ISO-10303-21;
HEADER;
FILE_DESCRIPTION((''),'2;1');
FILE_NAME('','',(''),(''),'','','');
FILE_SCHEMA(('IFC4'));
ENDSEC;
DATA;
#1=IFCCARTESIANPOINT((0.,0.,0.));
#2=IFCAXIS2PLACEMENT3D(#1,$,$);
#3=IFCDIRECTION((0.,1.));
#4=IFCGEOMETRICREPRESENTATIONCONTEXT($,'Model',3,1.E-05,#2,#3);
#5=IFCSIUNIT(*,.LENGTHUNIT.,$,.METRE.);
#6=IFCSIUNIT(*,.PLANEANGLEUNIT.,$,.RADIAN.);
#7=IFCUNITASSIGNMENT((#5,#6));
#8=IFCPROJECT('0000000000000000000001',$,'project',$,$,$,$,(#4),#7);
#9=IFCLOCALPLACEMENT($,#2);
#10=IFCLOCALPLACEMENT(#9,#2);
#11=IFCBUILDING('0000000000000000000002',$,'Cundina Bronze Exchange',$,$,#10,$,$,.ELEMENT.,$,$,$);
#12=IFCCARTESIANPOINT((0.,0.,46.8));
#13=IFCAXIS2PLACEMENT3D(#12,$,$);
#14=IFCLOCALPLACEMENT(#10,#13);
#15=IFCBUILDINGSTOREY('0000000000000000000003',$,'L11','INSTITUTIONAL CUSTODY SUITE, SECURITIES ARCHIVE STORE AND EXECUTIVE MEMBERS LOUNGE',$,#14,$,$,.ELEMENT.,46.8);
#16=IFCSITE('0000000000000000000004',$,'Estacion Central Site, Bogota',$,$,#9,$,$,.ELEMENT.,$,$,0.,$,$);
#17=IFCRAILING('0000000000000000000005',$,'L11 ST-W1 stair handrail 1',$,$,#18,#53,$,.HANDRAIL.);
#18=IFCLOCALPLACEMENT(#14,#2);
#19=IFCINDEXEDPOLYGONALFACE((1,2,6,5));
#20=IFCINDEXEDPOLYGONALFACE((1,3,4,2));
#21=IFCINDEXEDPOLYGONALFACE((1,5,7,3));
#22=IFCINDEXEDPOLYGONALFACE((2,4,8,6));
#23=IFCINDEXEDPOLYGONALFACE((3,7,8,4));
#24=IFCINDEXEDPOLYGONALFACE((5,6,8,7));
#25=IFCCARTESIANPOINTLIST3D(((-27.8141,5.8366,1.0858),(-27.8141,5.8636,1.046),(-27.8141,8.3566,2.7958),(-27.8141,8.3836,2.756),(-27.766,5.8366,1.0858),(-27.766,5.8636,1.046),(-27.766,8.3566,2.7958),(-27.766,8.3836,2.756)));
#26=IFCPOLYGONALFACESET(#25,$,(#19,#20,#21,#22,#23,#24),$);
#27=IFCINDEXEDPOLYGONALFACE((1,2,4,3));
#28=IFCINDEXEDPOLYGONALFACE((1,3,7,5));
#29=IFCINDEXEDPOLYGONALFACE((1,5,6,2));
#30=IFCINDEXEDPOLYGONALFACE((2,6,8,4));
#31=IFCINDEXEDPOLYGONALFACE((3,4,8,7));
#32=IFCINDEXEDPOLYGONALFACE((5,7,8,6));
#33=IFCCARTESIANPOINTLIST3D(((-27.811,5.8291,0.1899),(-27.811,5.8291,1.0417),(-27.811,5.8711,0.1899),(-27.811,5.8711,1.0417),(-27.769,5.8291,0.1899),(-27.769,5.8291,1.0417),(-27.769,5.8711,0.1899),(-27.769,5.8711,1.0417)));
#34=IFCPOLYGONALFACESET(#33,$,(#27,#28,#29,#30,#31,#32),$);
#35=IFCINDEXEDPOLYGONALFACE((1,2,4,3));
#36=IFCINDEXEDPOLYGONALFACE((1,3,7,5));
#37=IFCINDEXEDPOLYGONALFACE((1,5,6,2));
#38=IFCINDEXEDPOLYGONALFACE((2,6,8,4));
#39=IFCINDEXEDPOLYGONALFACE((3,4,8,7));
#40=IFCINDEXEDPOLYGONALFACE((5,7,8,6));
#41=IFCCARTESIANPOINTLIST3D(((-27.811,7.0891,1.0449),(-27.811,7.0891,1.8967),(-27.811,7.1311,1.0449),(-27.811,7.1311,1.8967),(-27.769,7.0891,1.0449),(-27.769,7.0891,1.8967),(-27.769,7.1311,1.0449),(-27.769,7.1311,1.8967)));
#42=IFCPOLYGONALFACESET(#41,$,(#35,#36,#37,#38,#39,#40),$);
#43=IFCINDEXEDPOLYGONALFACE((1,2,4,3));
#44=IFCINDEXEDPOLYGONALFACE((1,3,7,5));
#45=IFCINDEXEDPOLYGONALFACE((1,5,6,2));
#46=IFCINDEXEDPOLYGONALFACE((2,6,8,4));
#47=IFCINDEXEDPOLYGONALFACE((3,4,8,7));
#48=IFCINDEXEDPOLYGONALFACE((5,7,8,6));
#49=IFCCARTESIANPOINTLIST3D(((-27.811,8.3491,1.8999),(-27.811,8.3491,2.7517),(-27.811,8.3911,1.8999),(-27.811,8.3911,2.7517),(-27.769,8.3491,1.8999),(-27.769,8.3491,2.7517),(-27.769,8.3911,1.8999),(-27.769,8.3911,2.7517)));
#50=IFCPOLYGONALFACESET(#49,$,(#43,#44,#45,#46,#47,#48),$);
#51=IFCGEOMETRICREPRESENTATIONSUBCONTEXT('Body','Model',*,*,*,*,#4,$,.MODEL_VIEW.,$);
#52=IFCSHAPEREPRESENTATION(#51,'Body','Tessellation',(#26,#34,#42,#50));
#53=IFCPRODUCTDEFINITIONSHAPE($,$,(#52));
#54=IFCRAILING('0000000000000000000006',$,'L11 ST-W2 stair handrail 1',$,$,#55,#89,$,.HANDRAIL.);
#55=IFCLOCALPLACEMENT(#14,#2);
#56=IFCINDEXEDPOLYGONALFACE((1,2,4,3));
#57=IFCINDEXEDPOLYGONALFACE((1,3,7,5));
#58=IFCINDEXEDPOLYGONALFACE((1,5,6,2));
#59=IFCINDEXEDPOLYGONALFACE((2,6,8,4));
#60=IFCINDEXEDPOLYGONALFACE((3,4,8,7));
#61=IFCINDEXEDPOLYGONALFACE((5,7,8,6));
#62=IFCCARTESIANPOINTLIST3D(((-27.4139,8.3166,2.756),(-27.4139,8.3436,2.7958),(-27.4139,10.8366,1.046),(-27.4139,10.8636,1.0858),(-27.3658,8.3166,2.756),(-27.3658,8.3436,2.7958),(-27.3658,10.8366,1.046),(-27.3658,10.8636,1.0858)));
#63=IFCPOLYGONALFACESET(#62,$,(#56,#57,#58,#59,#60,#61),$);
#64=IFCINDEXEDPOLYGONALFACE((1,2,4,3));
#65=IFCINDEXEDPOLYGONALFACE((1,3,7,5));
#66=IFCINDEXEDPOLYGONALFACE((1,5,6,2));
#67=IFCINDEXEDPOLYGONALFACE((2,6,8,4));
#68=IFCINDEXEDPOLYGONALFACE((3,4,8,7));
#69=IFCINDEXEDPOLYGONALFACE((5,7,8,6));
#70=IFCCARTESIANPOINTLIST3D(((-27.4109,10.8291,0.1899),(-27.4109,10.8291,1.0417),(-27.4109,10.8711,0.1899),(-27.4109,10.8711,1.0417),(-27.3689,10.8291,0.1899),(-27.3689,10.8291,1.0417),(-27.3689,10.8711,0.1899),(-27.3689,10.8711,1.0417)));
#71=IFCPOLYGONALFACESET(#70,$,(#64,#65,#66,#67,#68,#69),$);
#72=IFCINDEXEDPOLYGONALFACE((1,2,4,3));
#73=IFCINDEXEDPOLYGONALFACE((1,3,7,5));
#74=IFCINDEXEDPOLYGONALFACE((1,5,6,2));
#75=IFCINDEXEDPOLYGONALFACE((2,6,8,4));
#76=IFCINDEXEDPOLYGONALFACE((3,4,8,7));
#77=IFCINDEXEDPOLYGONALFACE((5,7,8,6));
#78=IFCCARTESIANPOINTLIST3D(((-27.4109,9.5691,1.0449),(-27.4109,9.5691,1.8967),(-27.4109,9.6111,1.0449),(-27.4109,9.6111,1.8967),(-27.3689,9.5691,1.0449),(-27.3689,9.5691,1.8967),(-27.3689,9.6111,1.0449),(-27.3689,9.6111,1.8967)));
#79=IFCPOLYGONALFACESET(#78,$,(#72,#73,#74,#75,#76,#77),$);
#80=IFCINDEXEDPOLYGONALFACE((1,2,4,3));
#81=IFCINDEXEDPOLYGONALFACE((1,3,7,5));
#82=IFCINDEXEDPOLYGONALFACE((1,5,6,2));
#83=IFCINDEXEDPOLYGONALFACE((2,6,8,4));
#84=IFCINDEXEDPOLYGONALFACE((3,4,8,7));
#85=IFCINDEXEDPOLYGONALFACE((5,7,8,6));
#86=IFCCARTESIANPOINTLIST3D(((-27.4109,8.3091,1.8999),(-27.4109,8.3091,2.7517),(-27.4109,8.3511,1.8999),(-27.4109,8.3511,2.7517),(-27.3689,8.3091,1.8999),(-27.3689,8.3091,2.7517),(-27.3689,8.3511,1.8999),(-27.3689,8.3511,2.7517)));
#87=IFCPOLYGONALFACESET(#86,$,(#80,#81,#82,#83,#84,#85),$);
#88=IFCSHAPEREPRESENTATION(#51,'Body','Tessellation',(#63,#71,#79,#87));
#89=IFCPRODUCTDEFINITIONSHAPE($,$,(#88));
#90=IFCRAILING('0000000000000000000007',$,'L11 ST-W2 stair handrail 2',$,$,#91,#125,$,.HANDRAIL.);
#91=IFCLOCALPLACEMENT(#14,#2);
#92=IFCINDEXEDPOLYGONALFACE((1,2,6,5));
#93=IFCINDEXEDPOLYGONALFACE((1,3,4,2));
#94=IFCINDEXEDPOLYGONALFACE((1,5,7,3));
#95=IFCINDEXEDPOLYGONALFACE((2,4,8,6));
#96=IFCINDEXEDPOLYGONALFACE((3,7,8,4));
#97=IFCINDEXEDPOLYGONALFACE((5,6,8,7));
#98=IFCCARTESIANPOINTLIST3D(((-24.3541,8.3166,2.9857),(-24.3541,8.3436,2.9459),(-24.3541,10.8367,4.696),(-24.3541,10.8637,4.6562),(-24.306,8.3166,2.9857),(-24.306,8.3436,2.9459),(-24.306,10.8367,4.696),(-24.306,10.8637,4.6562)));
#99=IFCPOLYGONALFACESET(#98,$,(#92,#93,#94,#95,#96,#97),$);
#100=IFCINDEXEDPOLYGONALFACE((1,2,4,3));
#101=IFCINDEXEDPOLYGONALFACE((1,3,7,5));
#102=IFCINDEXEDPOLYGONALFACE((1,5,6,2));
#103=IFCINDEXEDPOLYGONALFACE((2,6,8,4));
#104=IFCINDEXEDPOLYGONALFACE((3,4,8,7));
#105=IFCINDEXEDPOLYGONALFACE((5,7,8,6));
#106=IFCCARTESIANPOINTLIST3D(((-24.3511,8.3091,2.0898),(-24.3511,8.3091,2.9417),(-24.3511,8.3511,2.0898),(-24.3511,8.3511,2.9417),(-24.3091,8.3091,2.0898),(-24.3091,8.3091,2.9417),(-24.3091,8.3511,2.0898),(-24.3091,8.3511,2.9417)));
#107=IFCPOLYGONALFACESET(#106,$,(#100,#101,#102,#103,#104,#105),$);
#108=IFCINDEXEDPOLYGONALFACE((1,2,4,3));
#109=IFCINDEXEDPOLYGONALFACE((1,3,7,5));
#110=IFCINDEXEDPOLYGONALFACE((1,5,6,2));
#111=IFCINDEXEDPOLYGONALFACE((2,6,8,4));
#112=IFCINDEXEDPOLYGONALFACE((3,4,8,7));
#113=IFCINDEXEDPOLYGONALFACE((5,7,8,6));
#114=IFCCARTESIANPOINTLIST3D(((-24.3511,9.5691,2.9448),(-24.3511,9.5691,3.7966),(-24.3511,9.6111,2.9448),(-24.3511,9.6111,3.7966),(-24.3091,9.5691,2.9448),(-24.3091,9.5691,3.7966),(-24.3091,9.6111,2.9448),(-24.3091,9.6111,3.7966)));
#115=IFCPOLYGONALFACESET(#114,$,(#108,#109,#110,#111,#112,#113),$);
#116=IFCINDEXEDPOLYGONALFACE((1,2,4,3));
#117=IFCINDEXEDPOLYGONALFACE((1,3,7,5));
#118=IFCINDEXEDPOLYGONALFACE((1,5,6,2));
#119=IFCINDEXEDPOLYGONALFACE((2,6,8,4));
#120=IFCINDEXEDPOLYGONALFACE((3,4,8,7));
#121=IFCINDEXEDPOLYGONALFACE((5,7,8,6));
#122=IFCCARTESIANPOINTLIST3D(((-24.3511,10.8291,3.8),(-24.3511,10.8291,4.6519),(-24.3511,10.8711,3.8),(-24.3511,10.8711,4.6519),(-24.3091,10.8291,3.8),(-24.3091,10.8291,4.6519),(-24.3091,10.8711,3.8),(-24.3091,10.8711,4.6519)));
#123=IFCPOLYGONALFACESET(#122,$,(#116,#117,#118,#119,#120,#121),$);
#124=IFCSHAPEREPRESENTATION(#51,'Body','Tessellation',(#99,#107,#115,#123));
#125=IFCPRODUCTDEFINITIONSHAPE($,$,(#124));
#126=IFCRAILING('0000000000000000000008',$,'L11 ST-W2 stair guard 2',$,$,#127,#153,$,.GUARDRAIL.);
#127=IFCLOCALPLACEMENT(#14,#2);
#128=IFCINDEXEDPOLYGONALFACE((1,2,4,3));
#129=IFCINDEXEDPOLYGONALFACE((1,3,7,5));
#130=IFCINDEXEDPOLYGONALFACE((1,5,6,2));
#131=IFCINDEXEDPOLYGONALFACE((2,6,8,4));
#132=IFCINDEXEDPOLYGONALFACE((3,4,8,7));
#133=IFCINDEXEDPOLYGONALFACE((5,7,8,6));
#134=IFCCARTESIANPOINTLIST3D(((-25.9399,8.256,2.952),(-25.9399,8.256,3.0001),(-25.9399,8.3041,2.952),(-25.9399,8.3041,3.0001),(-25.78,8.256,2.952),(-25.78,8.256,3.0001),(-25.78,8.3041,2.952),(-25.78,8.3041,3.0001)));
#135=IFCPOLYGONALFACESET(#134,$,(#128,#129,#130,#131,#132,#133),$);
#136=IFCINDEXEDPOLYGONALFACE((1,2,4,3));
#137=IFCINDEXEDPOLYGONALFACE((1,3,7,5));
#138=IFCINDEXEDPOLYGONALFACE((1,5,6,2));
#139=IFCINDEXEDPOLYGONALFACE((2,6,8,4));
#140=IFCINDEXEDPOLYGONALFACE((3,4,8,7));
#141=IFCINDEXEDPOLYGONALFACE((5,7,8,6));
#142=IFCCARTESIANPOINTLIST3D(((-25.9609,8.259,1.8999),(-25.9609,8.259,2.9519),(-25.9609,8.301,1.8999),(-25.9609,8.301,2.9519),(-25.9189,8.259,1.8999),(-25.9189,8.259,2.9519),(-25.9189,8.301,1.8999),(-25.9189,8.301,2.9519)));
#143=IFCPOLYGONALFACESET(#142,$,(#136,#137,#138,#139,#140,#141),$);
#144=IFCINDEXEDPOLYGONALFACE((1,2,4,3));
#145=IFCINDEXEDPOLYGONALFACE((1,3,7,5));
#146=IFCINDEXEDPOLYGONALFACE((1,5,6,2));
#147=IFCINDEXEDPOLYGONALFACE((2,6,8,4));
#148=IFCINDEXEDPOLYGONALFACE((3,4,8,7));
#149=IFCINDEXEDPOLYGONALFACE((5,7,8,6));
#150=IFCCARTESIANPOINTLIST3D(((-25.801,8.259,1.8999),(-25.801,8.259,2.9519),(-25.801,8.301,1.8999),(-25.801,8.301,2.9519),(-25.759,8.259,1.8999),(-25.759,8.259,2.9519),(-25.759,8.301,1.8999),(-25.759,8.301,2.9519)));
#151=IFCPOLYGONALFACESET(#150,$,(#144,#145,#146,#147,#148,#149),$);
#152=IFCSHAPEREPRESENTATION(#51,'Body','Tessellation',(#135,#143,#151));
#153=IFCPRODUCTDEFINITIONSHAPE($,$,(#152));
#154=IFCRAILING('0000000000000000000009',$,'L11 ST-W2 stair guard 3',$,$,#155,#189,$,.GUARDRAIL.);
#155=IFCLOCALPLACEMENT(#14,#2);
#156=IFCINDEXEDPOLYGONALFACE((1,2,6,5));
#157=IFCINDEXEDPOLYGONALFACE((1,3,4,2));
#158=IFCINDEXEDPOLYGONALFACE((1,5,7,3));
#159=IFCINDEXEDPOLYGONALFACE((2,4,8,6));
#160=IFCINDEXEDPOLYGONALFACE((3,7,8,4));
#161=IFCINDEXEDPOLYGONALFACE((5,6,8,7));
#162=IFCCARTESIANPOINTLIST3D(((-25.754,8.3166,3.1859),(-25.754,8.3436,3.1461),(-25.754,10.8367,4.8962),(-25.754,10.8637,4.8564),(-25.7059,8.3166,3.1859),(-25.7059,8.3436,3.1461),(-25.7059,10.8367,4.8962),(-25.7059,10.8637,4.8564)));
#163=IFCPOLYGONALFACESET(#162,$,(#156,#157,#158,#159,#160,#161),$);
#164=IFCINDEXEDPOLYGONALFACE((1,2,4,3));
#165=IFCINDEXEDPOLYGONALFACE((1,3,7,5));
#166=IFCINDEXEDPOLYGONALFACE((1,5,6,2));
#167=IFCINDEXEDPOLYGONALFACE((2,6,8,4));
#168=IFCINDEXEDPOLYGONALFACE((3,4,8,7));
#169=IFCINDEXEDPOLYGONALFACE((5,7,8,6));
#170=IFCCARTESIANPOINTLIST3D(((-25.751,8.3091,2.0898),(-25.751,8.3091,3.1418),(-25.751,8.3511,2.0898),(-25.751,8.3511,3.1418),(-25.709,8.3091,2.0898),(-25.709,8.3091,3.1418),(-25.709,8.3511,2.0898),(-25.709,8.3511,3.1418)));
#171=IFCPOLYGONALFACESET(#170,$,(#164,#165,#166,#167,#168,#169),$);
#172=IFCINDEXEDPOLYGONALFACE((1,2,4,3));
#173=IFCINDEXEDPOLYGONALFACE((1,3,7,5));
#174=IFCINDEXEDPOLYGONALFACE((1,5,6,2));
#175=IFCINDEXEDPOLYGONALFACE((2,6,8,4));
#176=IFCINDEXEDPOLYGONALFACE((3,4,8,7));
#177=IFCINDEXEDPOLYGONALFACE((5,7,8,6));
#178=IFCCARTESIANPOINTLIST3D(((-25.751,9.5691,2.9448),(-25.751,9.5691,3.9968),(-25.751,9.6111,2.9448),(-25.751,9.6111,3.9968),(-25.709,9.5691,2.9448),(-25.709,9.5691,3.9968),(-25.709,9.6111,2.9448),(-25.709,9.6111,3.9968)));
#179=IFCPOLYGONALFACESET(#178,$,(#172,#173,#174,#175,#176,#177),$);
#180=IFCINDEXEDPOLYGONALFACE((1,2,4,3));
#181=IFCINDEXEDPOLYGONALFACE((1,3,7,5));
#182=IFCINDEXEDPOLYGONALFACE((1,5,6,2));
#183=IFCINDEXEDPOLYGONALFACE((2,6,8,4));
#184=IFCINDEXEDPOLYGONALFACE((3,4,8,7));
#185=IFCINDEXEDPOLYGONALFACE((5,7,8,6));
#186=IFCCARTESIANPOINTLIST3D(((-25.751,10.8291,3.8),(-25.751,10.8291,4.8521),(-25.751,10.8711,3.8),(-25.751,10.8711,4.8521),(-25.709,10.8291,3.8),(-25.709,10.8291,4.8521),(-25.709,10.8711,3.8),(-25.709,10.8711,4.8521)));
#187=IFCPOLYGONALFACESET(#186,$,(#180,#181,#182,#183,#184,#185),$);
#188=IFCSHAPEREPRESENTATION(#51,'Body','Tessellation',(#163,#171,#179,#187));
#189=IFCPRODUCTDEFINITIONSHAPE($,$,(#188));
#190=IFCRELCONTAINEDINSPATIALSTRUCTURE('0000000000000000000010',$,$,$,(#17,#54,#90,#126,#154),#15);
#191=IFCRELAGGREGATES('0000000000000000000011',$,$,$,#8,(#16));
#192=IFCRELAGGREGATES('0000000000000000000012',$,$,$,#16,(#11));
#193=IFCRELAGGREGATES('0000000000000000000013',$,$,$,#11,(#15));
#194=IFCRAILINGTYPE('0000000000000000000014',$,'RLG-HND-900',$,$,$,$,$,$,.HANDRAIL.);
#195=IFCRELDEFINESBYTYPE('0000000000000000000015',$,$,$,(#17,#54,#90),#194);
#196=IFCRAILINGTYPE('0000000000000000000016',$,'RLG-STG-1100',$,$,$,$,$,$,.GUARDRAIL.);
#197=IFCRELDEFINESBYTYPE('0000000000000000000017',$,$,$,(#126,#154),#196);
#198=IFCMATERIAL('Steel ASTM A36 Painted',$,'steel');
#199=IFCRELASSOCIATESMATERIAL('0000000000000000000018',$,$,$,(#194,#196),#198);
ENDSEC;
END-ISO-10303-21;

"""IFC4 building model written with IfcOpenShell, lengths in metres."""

from ifc_helpers import new_model, si_unit, direction, frame, origin, origin_2d, place, context, subcontext, project, spatial, rectangle, extrude, material, type_object, element, save


model = new_model("IFC4")

# Units and contexts
model_context = context("Model", 3, precision=1e-05, world=origin(), true_north=direction((0.0, 1.0)))
body_context = subcontext(model_context, "Body", "Model", "MODEL_VIEW")
ifc_project = project(units=[si_unit("LENGTHUNIT", "METRE"), si_unit("PLANEANGLEUNIT", "RADIAN")], contexts=[model_context])

# Site, building, storey
site_placement = place(None, origin())
site = spatial("IfcSite", under=ifc_project, at=site_placement, Name="Estacion Central Site, Bogota", CompositionType="ELEMENT", RefElevation=0.0)
building_placement = place(site_placement, origin())
building = spatial("IfcBuilding", under=site, at=building_placement, Name="Cundina Bronze Exchange", CompositionType="ELEMENT")
storey_placement = place(building_placement, frame((0.0, 0.0, 46.8)))
storey = spatial("IfcBuildingStorey", under=building, at=storey_placement, Name="L11", Description="INSTITUTIONAL CUSTODY SUITE, SECURITIES ARCHIVE STORE AND EXECUTIVE MEMBERS LOUNGE", CompositionType="ELEMENT", Elevation=46.8)

# Shared definitions
ifc_material_1 = material(Name="Steel ASTM A36 Painted", Category="steel")

# Railings
railing_type_1 = type_object("IfcRailingType", Name="RLG-HND-900", PredefinedType="HANDRAIL", material=ifc_material_1)
railing_1_placement = place(storey_placement, frame((-27.79, 5.8501, 0.1899)))
element("IfcRailing", 1, at=railing_1_placement, inside=storey, type_object=railing_type_1, Name="L11 ST-W1 stair handrail 1", PredefinedType="HANDRAIL", context=body_context, shape_type="SweptSolid", body=[
    extrude(rectangle(XDim=0.0481, YDim=0.0481, at=origin_2d()), frame((0.0, 0.0, 0.876), z_axis=(0.0, 0.827484, 0.56149), x_axis=(-1.0, 0.0, 0.0)), (0.0, 0.0, 1.0), 3.0454),
    extrude(rectangle(XDim=0.042, YDim=0.042, at=origin_2d()), origin(), (0.0, 0.0, 1.0), 0.8518),
    extrude(rectangle(XDim=0.042, YDim=0.042, at=origin_2d()), frame((0.0, 1.26, 0.855)), (0.0, 0.0, 1.0), 0.8518),
    extrude(rectangle(XDim=0.042, YDim=0.042, at=origin_2d()), frame((0.0, 2.52, 1.71)), (0.0, 0.0, 1.0), 0.8518),
])
railing_2_placement = place(storey_placement, frame((-27.3899, 10.8501, 0.1899)))
element("IfcRailing", 2, at=railing_2_placement, inside=storey, type_object=railing_type_1, Name="L11 ST-W2 stair handrail 1", PredefinedType="HANDRAIL", context=body_context, shape_type="SweptSolid", body=[
    extrude(rectangle(XDim=0.0481, YDim=0.0481, at=origin_2d()), frame((0.0, 0.0, 0.876), z_axis=(0.0, -0.827484, 0.56149), x_axis=(1.0, 0.0, 0.0)), (0.0, 0.0, 1.0), 3.0454),
    extrude(rectangle(XDim=0.042, YDim=0.042, at=origin_2d()), origin(), (0.0, 0.0, 1.0), 0.8518),
    extrude(rectangle(XDim=0.042, YDim=0.042, at=origin_2d()), frame((0.0, -1.26, 0.855)), (0.0, 0.0, 1.0), 0.8518),
    extrude(rectangle(XDim=0.042, YDim=0.042, at=origin_2d()), frame((0.0, -2.52, 1.71)), (0.0, 0.0, 1.0), 0.8518),
])
railing_3_placement = place(storey_placement, frame((-24.3301, 8.3301, 2.0898)))
element("IfcRailing", 3, at=railing_3_placement, inside=storey, type_object=railing_type_1, Name="L11 ST-W2 stair handrail 2", PredefinedType="HANDRAIL", context=body_context, shape_type="SweptSolid", body=[
    extrude(rectangle(XDim=0.0481, YDim=0.0481, at=origin_2d()), frame((0.0, 0.0, 0.876), z_axis=(0.0, 0.827447, 0.561545), x_axis=(-1.0, 0.0, 0.0)), (0.0, 0.0, 1.0), 3.0457),
    extrude(rectangle(XDim=0.042, YDim=0.042, at=origin_2d()), origin(), (0.0, 0.0, 1.0), 0.8518),
    extrude(rectangle(XDim=0.042, YDim=0.042, at=origin_2d()), frame((0.0, 1.26, 0.855)), (0.0, 0.0, 1.0), 0.8518),
    extrude(rectangle(XDim=0.042, YDim=0.042, at=origin_2d()), frame((0.0, 2.52, 1.7102)), (0.0, 0.0, 1.0), 0.8518),
])
railing_type_2 = type_object("IfcRailingType", Name="RLG-STG-1100", PredefinedType="GUARDRAIL", material=ifc_material_1)
railing_4_placement = place(storey_placement, frame((-25.9399, 8.28, 1.8999)))
element("IfcRailing", 4, at=railing_4_placement, inside=storey, type_object=railing_type_2, Name="L11 ST-W2 stair guard 2", PredefinedType="GUARDRAIL", context=body_context, shape_type="SweptSolid", body=[
    extrude(rectangle(XDim=0.0481, YDim=0.0481, at=origin_2d()), frame((0.0, 0.0, 1.0762), z_axis=(1.0, 0.0, 0.0), x_axis=(0.0, 1.0, 0.0)), (0.0, 0.0, 1.0), 0.1599),
    extrude(rectangle(XDim=0.042, YDim=0.042, at=origin_2d()), origin(), (0.0, 0.0, 1.0), 1.052),
    extrude(rectangle(XDim=0.042, YDim=0.042, at=origin_2d()), frame((0.1599, 0.0, 0.0)), (0.0, 0.0, 1.0), 1.052),
])
railing_5_placement = place(storey_placement, frame((-25.73, 8.3301, 2.0898)))
element("IfcRailing", 5, at=railing_5_placement, inside=storey, type_object=railing_type_2, Name="L11 ST-W2 stair guard 3", PredefinedType="GUARDRAIL", context=body_context, shape_type="SweptSolid", body=[
    extrude(rectangle(XDim=0.0481, YDim=0.0481, at=origin_2d()), frame((0.0, 0.0, 1.0762), z_axis=(0.0, 0.827447, 0.561545), x_axis=(-1.0, 0.0, 0.0)), (0.0, 0.0, 1.0), 3.0457),
    extrude(rectangle(XDim=0.042, YDim=0.042, at=origin_2d()), origin(), (0.0, 0.0, 1.0), 1.052),
    extrude(rectangle(XDim=0.042, YDim=0.042, at=origin_2d()), frame((0.0, 1.26, 0.855)), (0.0, 0.0, 1.0), 1.052),
    extrude(rectangle(XDim=0.042, YDim=0.042, at=origin_2d()), frame((0.0, 2.52, 1.7102)), (0.0, 0.0, 1.0), 1.052),
])

save(model, "model.ifc")
